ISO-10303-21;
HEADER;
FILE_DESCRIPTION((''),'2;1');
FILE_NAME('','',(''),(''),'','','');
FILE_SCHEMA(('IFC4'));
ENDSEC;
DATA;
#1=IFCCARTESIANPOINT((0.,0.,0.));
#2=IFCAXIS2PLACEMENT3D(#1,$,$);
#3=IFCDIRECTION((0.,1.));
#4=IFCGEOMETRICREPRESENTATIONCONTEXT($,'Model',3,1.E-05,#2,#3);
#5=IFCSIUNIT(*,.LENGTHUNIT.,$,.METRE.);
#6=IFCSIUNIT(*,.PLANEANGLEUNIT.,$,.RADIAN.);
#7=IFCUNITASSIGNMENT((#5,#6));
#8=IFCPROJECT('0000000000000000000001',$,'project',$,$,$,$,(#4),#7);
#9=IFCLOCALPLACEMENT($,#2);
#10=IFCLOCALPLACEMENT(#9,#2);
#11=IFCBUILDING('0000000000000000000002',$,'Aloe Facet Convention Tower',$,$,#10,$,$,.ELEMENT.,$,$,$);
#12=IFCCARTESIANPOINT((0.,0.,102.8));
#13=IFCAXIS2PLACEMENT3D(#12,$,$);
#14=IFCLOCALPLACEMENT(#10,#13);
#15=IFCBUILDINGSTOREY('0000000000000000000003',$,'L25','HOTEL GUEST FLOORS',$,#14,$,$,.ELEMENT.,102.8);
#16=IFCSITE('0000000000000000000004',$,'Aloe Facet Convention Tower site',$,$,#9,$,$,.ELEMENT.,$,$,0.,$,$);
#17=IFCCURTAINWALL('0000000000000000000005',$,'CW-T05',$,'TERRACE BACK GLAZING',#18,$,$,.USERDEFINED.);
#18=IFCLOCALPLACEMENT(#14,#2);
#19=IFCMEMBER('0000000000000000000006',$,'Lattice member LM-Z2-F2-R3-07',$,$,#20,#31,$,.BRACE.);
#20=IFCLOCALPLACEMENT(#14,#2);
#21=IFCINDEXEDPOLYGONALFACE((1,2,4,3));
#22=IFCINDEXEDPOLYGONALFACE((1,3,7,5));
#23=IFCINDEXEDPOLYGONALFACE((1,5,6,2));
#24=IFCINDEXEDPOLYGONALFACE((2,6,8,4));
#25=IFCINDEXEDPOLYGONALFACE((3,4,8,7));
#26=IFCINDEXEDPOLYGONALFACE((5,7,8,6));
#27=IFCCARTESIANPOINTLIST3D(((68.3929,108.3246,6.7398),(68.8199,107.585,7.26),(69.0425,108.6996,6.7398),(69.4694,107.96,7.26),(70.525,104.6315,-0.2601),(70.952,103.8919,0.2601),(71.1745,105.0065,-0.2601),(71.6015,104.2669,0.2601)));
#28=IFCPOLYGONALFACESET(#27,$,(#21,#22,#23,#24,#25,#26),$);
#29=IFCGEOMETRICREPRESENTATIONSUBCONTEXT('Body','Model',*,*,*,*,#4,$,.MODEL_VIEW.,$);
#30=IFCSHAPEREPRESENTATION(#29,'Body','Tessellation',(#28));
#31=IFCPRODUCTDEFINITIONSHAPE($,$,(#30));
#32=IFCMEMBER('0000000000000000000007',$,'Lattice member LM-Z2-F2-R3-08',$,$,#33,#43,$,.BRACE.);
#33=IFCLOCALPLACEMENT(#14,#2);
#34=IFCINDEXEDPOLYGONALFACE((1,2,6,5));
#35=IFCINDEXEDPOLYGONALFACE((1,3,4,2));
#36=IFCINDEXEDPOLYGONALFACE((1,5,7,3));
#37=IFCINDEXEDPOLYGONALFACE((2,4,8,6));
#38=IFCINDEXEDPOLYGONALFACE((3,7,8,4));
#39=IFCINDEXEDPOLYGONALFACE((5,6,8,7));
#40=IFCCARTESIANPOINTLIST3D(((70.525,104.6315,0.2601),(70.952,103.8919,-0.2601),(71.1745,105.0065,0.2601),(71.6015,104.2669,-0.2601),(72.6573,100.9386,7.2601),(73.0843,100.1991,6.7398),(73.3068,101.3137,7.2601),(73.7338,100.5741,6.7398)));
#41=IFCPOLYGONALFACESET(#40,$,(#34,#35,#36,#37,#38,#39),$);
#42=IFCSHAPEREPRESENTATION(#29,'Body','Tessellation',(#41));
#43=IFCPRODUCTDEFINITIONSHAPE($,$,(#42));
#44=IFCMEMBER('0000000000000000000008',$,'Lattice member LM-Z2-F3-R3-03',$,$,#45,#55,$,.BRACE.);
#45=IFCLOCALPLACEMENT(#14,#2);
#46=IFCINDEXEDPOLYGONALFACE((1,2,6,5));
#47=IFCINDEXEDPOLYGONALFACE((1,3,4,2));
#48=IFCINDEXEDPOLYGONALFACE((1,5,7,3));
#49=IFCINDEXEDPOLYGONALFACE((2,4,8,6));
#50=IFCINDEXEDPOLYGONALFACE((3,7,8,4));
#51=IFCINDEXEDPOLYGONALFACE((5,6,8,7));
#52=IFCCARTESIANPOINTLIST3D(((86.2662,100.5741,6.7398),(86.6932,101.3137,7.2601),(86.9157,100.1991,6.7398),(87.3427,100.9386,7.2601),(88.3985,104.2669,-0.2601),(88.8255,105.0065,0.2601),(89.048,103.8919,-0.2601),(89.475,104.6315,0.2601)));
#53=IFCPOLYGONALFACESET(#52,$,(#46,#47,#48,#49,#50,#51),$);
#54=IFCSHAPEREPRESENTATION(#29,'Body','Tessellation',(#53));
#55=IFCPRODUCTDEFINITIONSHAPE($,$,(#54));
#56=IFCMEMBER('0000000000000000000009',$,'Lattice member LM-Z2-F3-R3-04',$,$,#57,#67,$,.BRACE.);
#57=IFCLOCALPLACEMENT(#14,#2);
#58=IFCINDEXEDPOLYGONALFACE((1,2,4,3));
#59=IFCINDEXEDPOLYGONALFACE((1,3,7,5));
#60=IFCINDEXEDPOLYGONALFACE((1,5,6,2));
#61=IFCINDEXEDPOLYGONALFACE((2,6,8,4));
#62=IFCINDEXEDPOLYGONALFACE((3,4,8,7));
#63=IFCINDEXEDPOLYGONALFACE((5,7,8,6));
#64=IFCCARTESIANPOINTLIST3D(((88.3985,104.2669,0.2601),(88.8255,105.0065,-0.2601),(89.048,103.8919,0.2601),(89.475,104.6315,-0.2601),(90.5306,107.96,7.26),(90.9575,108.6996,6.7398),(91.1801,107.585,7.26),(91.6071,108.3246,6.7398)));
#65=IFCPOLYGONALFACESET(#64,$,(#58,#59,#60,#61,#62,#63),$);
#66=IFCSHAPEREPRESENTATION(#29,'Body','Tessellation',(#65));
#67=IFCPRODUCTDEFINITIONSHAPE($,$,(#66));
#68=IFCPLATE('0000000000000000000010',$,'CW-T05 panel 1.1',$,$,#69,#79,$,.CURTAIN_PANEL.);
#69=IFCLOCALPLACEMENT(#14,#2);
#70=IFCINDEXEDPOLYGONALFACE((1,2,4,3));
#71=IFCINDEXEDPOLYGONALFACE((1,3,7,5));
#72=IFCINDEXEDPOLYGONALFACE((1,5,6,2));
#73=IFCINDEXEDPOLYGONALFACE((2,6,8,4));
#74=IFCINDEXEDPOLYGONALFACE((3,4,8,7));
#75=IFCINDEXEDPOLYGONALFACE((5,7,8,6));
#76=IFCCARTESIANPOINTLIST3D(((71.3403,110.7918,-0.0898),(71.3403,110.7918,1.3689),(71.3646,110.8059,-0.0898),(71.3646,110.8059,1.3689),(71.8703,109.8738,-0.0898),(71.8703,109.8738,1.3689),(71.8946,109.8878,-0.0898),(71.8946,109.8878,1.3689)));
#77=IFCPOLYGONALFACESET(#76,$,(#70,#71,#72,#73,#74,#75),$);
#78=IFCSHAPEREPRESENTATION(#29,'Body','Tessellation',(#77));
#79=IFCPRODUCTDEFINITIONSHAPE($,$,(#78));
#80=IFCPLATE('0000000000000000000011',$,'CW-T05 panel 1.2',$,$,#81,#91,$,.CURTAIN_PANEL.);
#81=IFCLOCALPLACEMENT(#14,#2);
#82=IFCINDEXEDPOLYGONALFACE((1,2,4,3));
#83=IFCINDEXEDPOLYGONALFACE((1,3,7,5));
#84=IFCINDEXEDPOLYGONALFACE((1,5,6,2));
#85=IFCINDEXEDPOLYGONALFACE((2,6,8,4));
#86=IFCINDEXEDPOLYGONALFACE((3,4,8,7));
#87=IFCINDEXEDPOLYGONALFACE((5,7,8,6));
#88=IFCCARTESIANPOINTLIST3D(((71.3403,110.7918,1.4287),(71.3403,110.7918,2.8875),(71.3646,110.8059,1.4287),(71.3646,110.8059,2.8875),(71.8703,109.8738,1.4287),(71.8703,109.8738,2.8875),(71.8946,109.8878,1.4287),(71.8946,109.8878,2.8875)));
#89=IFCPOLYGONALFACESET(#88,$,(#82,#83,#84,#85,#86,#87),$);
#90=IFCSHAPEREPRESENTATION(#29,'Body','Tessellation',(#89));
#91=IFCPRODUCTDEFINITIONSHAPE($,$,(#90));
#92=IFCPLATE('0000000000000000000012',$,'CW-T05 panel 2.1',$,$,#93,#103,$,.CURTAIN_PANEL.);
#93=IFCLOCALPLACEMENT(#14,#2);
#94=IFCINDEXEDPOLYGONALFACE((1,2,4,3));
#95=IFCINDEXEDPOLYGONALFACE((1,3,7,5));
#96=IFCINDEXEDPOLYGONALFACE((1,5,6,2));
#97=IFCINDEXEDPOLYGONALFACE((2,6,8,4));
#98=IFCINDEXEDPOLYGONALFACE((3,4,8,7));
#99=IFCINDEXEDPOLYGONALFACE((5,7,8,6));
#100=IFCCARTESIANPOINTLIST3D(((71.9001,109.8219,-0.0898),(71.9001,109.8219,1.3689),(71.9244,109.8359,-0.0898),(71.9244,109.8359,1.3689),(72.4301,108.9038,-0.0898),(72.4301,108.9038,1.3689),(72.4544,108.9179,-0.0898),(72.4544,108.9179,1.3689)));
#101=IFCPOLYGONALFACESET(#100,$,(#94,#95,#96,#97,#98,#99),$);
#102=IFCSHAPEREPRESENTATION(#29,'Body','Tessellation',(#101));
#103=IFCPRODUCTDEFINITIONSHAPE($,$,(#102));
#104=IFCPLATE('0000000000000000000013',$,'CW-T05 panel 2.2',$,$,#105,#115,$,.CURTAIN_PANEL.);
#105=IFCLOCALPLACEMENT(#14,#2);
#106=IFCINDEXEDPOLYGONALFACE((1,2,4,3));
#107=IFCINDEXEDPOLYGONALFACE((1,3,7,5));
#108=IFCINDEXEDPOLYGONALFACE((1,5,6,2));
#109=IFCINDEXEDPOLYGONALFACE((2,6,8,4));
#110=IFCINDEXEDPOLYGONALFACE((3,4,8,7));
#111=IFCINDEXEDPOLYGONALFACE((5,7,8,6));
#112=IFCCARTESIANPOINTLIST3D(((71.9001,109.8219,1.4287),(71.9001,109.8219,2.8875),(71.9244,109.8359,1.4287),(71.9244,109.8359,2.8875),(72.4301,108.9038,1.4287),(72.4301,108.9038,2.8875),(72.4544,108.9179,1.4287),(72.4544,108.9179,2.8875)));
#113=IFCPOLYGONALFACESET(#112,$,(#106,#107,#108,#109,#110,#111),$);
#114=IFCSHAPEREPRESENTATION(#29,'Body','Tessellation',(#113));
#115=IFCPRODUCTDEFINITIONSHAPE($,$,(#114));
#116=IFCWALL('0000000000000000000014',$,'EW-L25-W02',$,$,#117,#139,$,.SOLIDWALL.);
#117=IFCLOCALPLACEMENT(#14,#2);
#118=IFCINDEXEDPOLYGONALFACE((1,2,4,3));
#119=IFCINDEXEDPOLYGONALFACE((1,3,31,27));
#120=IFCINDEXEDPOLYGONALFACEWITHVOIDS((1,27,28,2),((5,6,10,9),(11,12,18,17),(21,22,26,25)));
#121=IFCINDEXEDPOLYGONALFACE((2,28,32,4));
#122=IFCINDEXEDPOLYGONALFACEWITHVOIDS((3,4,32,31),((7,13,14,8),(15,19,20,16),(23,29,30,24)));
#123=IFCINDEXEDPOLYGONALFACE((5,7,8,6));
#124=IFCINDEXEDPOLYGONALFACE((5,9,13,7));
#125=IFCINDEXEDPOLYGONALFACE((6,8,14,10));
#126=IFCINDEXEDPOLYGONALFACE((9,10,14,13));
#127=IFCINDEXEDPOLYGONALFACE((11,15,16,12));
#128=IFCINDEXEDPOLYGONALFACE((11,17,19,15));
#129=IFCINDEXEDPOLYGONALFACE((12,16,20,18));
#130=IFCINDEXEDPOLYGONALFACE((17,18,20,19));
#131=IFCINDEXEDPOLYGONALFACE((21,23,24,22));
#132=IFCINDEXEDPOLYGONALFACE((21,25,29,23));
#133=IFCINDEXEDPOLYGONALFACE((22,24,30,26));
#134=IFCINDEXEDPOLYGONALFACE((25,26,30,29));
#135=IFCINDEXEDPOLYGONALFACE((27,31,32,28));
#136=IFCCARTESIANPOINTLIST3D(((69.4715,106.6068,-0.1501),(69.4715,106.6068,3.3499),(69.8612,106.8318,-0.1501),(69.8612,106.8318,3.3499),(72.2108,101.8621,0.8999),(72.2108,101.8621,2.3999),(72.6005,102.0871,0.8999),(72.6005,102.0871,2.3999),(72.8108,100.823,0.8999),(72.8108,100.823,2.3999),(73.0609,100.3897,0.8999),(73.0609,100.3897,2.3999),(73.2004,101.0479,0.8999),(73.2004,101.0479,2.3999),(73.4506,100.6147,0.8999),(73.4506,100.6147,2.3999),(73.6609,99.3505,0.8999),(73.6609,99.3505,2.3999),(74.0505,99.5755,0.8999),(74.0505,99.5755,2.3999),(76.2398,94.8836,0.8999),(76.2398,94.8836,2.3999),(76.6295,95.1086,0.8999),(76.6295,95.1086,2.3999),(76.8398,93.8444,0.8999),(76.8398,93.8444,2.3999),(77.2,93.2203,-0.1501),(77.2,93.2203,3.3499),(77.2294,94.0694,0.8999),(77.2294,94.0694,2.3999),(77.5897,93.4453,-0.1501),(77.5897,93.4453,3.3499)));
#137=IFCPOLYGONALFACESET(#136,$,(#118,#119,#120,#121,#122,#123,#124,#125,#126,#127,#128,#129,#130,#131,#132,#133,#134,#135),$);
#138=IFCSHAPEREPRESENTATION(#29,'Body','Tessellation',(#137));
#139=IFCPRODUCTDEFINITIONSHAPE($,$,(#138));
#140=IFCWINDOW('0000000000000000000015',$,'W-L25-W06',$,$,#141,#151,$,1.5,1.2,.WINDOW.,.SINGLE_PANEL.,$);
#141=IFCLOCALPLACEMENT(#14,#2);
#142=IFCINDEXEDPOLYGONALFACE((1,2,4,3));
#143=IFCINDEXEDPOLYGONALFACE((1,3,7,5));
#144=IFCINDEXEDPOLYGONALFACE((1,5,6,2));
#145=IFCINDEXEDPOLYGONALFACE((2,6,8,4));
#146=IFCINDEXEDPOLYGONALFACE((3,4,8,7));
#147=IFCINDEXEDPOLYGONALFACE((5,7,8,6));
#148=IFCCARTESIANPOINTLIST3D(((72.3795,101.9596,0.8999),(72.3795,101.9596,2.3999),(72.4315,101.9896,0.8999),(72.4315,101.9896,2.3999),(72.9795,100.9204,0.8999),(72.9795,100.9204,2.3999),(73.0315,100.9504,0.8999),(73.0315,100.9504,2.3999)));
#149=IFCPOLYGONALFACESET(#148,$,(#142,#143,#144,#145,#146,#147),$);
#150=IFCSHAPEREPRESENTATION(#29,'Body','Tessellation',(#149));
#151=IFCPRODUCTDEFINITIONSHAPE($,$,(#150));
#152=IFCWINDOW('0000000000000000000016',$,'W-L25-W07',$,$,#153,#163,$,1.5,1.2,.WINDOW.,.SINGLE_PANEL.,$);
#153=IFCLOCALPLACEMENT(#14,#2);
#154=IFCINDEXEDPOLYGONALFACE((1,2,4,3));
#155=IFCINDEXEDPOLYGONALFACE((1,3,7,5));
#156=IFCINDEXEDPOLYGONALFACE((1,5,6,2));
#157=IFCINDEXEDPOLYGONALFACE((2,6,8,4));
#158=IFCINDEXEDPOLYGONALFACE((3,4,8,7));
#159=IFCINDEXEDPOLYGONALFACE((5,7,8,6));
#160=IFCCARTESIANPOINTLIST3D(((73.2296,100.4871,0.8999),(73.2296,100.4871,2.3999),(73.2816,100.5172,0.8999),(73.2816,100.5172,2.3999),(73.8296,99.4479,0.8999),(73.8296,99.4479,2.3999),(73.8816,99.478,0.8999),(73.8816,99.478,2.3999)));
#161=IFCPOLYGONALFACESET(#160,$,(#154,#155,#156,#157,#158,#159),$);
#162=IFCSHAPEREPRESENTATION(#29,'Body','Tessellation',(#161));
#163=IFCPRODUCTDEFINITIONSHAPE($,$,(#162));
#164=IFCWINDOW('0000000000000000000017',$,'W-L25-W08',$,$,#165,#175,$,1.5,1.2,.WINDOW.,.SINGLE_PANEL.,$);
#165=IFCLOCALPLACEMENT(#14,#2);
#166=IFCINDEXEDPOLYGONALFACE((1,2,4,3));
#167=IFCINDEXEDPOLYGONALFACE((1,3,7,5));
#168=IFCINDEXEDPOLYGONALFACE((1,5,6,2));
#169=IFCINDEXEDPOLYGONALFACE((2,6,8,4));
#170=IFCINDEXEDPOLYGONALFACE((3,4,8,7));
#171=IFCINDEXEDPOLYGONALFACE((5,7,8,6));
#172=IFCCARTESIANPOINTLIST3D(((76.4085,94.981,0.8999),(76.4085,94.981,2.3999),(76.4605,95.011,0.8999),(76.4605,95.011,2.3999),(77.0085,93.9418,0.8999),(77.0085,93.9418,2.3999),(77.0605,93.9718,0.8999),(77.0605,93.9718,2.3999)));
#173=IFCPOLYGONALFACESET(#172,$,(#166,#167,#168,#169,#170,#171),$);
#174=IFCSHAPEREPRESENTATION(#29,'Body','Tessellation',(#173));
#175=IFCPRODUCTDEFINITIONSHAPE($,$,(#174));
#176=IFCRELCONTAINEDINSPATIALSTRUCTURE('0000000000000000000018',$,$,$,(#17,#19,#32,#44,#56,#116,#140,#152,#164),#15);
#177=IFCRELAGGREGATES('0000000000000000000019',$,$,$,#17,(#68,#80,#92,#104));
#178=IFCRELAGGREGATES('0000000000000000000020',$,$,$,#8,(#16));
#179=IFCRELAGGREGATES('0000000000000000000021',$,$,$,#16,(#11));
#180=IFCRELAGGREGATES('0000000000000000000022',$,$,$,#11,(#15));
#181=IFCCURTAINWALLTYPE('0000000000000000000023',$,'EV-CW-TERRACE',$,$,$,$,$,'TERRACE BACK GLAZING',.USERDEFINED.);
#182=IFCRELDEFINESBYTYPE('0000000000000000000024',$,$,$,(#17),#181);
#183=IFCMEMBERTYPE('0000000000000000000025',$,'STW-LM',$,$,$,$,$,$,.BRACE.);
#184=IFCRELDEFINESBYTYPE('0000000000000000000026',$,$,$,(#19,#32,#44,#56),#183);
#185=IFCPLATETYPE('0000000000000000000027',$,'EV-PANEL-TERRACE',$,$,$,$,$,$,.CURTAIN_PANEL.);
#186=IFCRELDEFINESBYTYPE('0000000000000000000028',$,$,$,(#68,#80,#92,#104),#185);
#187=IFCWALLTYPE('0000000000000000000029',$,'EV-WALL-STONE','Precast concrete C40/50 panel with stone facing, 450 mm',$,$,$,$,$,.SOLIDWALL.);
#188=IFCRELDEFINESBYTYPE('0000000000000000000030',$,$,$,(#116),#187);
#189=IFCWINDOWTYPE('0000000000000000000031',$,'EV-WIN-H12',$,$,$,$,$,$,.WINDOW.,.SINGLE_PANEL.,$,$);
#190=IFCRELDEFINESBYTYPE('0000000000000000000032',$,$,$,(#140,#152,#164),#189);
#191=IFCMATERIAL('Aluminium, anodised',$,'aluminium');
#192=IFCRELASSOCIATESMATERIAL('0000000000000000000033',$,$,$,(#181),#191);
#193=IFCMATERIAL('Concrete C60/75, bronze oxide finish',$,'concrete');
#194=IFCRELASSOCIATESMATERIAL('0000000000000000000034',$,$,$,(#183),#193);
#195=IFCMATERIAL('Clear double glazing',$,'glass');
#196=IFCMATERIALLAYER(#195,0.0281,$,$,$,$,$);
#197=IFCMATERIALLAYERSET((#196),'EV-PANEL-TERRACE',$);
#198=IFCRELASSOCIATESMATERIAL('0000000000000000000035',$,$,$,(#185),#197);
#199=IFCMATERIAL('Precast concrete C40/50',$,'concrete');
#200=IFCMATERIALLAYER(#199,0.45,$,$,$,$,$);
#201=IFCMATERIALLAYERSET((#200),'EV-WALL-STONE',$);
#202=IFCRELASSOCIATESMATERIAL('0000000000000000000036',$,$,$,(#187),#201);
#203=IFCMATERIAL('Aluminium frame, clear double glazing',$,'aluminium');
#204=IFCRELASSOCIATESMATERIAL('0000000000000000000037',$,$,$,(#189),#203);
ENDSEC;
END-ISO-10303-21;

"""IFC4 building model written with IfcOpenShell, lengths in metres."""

from ifc_helpers import new_model, si_unit, direction, frame, frame_2d, origin, origin_2d, place, context, subcontext, project, spatial, polyline, rectangle, outline, extrude, material, layer, layer_set, material_profile, profile_set, type_object, element, fill, aggregate, save


model = new_model("IFC4")

# Units and contexts
model_context = context("Model", 3, precision=1e-05, world=origin(), true_north=direction((0.0, 1.0)))
body_context = subcontext(model_context, "Body", "Model", "MODEL_VIEW")
ifc_project = project(units=[si_unit("LENGTHUNIT", "METRE"), si_unit("PLANEANGLEUNIT", "RADIAN")], contexts=[model_context])

# Site, building, storey
site_placement = place(None, origin())
site = spatial("IfcSite", under=ifc_project, at=site_placement, Name="Aloe Facet Convention Tower site", CompositionType="ELEMENT", RefElevation=0.0)
building_placement = place(site_placement, origin())
building = spatial("IfcBuilding", under=site, at=building_placement, Name="Aloe Facet Convention Tower", CompositionType="ELEMENT")
storey_placement = place(building_placement, frame((0.0, 0.0, 102.8)))
storey = spatial("IfcBuildingStorey", under=building, at=storey_placement, Name="L25", Description="HOTEL GUEST FLOORS", CompositionType="ELEMENT", Elevation=102.8)

# Curtain wall
ifc_material_1 = material(Name="Aluminium, anodised", Category="aluminium")
curtain_wall_type = type_object("IfcCurtainWallType", Name="EV-CW-TERRACE", ElementType="TERRACE BACK GLAZING", PredefinedType="USERDEFINED", material=ifc_material_1)
curtain_wall_placement = place(storey_placement, origin())
curtain_wall = element("IfcCurtainWall", 1, at=curtain_wall_placement, inside=storey, type_object=curtain_wall_type, Name="CW-T05", ObjectType="TERRACE BACK GLAZING", PredefinedType="USERDEFINED")

# Members
ifc_material_2 = material(Name="Concrete C60/75, bronze oxide finish", Category="concrete")
ifc_material_profile_1 = material_profile(ifc_material_2, rectangle(XDim=0.75, YDim=1.0, at=origin_2d()), Name="STW-LM")
ifc_profile_set_1 = profile_set([ifc_material_profile_1], Name="Concrete C60/75, bronze oxide finish")
member_type_1 = type_object("IfcMemberType", Name="STW-LM", PredefinedType="BRACE", material=ifc_profile_set_1)
for number, where, z_axis, x_axis, name in (
    (2, (71.0632, 104.4492, 0.0), (-0.260116, 0.450565, 0.854009), (-0.86604, -0.499975, 0.0), "Lattice member LM-Z2-F2-R3-07"),
    (3, (71.0632, 104.4492, 0.0), (0.260148, -0.450537, 0.854014), (0.866001, 0.500043, 0.0), "Lattice member LM-Z2-F2-R3-08"),
    (4, (88.9368, 104.4492, 0.0), (-0.260148, -0.450537, 0.854014), (0.866001, -0.500043, 0.0), "Lattice member LM-Z2-F3-R3-03"),
    (5, (88.9368, 104.4492, 0.0), (0.260116, 0.450565, 0.854009), (-0.86604, 0.499975, 0.0), "Lattice member LM-Z2-F3-R3-04"),
):
    element("IfcMember", number, at=place(storey_placement, frame(where, z_axis=z_axis, x_axis=x_axis)), inside=storey, type_object=member_type_1, Name=name, PredefinedType="BRACE", context=body_context, shape_type="SweptSolid", body=[
        extrude(rectangle(XDim=0.75, YDim=1.0, at=origin_2d()), origin(), (0.0, 0.0, 1.0), 8.1965),
    ])

# Plates
ifc_material_3 = material(Name="Clear double glazing", Category="glass")
ifc_layer_1 = layer(ifc_material_3, 0.0281)
ifc_layer_set_1 = layer_set([ifc_layer_1], Name="EV-PANEL-TERRACE")
plate_type = type_object("IfcPlateType", Name="EV-PANEL-TERRACE", PredefinedType="CURTAIN_PANEL", material=ifc_layer_set_1)
plate_1_placement = place(storey_placement, frame((71.6174, 110.3398, -0.0898), z_axis=(0.0, 0.0, 1.0), x_axis=(0.5, -0.866025, 0.0)))
plate_1 = element("IfcPlate", 6, at=plate_1_placement, type_object=plate_type, Name="CW-T05 panel 1.1", PredefinedType="CURTAIN_PANEL", context=body_context, shape_type="SweptSolid", body=[
    extrude(rectangle(XDim=1.0601, YDim=0.0281, at=origin_2d()), origin(), (0.0, 0.0, 1.0), 1.4587),
])
plate_2_placement = place(storey_placement, frame((71.6174, 110.3398, 1.4287), z_axis=(0.0, 0.0, 1.0), x_axis=(0.5, -0.866025, 0.0)))
plate_2 = element("IfcPlate", 7, at=plate_2_placement, type_object=plate_type, Name="CW-T05 panel 1.2", PredefinedType="CURTAIN_PANEL", context=body_context, shape_type="SweptSolid", body=[
    extrude(rectangle(XDim=1.0601, YDim=0.0281, at=origin_2d()), origin(), (0.0, 0.0, 1.0), 1.4587),
])
plate_3_placement = place(storey_placement, frame((72.1772, 109.3699, -0.0898), z_axis=(0.0, 0.0, 1.0), x_axis=(0.5, -0.866025, 0.0)))
plate_3 = element("IfcPlate", 8, at=plate_3_placement, type_object=plate_type, Name="CW-T05 panel 2.1", PredefinedType="CURTAIN_PANEL", context=body_context, shape_type="SweptSolid", body=[
    extrude(rectangle(XDim=1.0601, YDim=0.0281, at=origin_2d()), origin(), (0.0, 0.0, 1.0), 1.4587),
])
plate_4_placement = place(storey_placement, frame((72.1772, 109.3699, 1.4287), z_axis=(0.0, 0.0, 1.0), x_axis=(0.5, -0.866025, 0.0)))
plate_4 = element("IfcPlate", 9, at=plate_4_placement, type_object=plate_type, Name="CW-T05 panel 2.2", PredefinedType="CURTAIN_PANEL", context=body_context, shape_type="SweptSolid", body=[
    extrude(rectangle(XDim=1.0601, YDim=0.0281, at=origin_2d()), origin(), (0.0, 0.0, 1.0), 1.4587),
])
aggregate(curtain_wall, [plate_1, plate_2, plate_3, plate_4])

# Wall, openings, windows
ifc_material_4 = material(Name="Precast concrete C40/50", Category="concrete")
ifc_layer_2 = layer(ifc_material_4, 0.45)
ifc_layer_set_2 = layer_set([ifc_layer_2], Name="EV-WALL-STONE")
wall_type_1 = type_object("IfcWallType", Name="EV-WALL-STONE", Description="Precast concrete C40/50 panel with stone facing, 450 mm", PredefinedType="SOLIDWALL", material=ifc_layer_set_2)
wall_1_placement = place(storey_placement, frame((69.6663, 106.7192, -0.1501), z_axis=(0.0, 0.0, 1.0), x_axis=(0.499992, -0.86603, 0.0)))
wall_1 = element("IfcWall", 10, at=wall_1_placement, inside=storey, type_object=wall_type_1, Name="EW-L25-W02", PredefinedType="SOLIDWALL", context=body_context, shape_type="SweptSolid", body=[
    extrude(outline(polyline([(15.4573, 3.5), (15.4573, 0.0), (0.0, 0.0), (0.0, 3.5), (15.4573, 3.5)])), frame((0.0, 0.2251, 0.0), z_axis=(0.0, -1.0, 0.0), x_axis=(1.0, 0.0, 0.0)), (0.0, 0.0, 1.0), 0.45),
])
opening_1_placement = place(wall_1_placement, frame((5.4785, 0.0, 1.05)))
opening_1 = element("IfcOpeningElement", 11, at=opening_1_placement, cuts=wall_1, PredefinedType="OPENING", context=body_context, shape_type="SweptSolid", body=[
    extrude(rectangle(XDim=1.2, YDim=1.5, at=frame_2d((0.6001, 0.75))), frame((0.0, 0.2349, 0.0), z_axis=(0.0, -1.0, 0.0), x_axis=(1.0, 0.0, 0.0)), (0.0, 0.0, 1.0), 0.47),
])
opening_2_placement = place(wall_1_placement, frame((7.1787, 0.0, 1.05)))
opening_2 = element("IfcOpeningElement", 12, at=opening_2_placement, cuts=wall_1, PredefinedType="OPENING", context=body_context, shape_type="SweptSolid", body=[
    extrude(rectangle(XDim=1.2, YDim=1.5, at=frame_2d((0.6001, 0.75))), frame((0.0, 0.2349, 0.0), z_axis=(0.0, -1.0, 0.0), x_axis=(1.0, 0.0, 0.0)), (0.0, 0.0, 1.0), 0.47),
])
opening_3_placement = place(wall_1_placement, frame((13.5366, 0.0, 1.05)))
opening_3 = element("IfcOpeningElement", 13, at=opening_3_placement, cuts=wall_1, PredefinedType="OPENING", context=body_context, shape_type="SweptSolid", body=[
    extrude(rectangle(XDim=1.2, YDim=1.5, at=frame_2d((0.6001, 0.75))), frame((0.0, 0.2349, 0.0), z_axis=(0.0, -1.0, 0.0), x_axis=(1.0, 0.0, 0.0)), (0.0, 0.0, 1.0), 0.47),
])
ifc_material_5 = material(Name="Aluminium frame, clear double glazing", Category="aluminium")
window_type = type_object("IfcWindowType", Name="EV-WIN-H12", PartitioningType="SINGLE_PANEL", PredefinedType="WINDOW", material=ifc_material_5)
window_1_placement = place(opening_1_placement, origin())
window_1 = element("IfcWindow", 14, at=window_1_placement, inside=storey, type_object=window_type, Name="W-L25-W06", OverallHeight=1.5, OverallWidth=1.2, PartitioningType="SINGLE_PANEL", PredefinedType="WINDOW", context=body_context, shape_type="SweptSolid", body=[
    extrude(rectangle(XDim=1.2, YDim=1.5, at=frame_2d((0.6001, 0.75))), frame((0.0, 0.03, 0.0), z_axis=(0.0, -1.0, 0.0), x_axis=(1.0, 0.0, 0.0)), (0.0, 0.0, 1.0), 0.0601),
])
fill(opening_1, window_1)
window_2_placement = place(opening_2_placement, origin())
window_2 = element("IfcWindow", 15, at=window_2_placement, inside=storey, type_object=window_type, Name="W-L25-W07", OverallHeight=1.5, OverallWidth=1.2, PartitioningType="SINGLE_PANEL", PredefinedType="WINDOW", context=body_context, shape_type="SweptSolid", body=[
    extrude(rectangle(XDim=1.2, YDim=1.5, at=frame_2d((0.6001, 0.75))), frame((0.0, 0.03, 0.0), z_axis=(0.0, -1.0, 0.0), x_axis=(1.0, 0.0, 0.0)), (0.0, 0.0, 1.0), 0.0601),
])
fill(opening_2, window_2)
window_3_placement = place(opening_3_placement, origin())
window_3 = element("IfcWindow", 16, at=window_3_placement, inside=storey, type_object=window_type, Name="W-L25-W08", OverallHeight=1.5, OverallWidth=1.2, PartitioningType="SINGLE_PANEL", PredefinedType="WINDOW", context=body_context, shape_type="SweptSolid", body=[
    extrude(rectangle(XDim=1.2, YDim=1.5, at=frame_2d((0.6001, 0.75))), frame((0.0, 0.03, 0.0), z_axis=(0.0, -1.0, 0.0), x_axis=(1.0, 0.0, 0.0)), (0.0, 0.0, 1.0), 0.0601),
])
fill(opening_3, window_3)

save(model, "model.ifc")
